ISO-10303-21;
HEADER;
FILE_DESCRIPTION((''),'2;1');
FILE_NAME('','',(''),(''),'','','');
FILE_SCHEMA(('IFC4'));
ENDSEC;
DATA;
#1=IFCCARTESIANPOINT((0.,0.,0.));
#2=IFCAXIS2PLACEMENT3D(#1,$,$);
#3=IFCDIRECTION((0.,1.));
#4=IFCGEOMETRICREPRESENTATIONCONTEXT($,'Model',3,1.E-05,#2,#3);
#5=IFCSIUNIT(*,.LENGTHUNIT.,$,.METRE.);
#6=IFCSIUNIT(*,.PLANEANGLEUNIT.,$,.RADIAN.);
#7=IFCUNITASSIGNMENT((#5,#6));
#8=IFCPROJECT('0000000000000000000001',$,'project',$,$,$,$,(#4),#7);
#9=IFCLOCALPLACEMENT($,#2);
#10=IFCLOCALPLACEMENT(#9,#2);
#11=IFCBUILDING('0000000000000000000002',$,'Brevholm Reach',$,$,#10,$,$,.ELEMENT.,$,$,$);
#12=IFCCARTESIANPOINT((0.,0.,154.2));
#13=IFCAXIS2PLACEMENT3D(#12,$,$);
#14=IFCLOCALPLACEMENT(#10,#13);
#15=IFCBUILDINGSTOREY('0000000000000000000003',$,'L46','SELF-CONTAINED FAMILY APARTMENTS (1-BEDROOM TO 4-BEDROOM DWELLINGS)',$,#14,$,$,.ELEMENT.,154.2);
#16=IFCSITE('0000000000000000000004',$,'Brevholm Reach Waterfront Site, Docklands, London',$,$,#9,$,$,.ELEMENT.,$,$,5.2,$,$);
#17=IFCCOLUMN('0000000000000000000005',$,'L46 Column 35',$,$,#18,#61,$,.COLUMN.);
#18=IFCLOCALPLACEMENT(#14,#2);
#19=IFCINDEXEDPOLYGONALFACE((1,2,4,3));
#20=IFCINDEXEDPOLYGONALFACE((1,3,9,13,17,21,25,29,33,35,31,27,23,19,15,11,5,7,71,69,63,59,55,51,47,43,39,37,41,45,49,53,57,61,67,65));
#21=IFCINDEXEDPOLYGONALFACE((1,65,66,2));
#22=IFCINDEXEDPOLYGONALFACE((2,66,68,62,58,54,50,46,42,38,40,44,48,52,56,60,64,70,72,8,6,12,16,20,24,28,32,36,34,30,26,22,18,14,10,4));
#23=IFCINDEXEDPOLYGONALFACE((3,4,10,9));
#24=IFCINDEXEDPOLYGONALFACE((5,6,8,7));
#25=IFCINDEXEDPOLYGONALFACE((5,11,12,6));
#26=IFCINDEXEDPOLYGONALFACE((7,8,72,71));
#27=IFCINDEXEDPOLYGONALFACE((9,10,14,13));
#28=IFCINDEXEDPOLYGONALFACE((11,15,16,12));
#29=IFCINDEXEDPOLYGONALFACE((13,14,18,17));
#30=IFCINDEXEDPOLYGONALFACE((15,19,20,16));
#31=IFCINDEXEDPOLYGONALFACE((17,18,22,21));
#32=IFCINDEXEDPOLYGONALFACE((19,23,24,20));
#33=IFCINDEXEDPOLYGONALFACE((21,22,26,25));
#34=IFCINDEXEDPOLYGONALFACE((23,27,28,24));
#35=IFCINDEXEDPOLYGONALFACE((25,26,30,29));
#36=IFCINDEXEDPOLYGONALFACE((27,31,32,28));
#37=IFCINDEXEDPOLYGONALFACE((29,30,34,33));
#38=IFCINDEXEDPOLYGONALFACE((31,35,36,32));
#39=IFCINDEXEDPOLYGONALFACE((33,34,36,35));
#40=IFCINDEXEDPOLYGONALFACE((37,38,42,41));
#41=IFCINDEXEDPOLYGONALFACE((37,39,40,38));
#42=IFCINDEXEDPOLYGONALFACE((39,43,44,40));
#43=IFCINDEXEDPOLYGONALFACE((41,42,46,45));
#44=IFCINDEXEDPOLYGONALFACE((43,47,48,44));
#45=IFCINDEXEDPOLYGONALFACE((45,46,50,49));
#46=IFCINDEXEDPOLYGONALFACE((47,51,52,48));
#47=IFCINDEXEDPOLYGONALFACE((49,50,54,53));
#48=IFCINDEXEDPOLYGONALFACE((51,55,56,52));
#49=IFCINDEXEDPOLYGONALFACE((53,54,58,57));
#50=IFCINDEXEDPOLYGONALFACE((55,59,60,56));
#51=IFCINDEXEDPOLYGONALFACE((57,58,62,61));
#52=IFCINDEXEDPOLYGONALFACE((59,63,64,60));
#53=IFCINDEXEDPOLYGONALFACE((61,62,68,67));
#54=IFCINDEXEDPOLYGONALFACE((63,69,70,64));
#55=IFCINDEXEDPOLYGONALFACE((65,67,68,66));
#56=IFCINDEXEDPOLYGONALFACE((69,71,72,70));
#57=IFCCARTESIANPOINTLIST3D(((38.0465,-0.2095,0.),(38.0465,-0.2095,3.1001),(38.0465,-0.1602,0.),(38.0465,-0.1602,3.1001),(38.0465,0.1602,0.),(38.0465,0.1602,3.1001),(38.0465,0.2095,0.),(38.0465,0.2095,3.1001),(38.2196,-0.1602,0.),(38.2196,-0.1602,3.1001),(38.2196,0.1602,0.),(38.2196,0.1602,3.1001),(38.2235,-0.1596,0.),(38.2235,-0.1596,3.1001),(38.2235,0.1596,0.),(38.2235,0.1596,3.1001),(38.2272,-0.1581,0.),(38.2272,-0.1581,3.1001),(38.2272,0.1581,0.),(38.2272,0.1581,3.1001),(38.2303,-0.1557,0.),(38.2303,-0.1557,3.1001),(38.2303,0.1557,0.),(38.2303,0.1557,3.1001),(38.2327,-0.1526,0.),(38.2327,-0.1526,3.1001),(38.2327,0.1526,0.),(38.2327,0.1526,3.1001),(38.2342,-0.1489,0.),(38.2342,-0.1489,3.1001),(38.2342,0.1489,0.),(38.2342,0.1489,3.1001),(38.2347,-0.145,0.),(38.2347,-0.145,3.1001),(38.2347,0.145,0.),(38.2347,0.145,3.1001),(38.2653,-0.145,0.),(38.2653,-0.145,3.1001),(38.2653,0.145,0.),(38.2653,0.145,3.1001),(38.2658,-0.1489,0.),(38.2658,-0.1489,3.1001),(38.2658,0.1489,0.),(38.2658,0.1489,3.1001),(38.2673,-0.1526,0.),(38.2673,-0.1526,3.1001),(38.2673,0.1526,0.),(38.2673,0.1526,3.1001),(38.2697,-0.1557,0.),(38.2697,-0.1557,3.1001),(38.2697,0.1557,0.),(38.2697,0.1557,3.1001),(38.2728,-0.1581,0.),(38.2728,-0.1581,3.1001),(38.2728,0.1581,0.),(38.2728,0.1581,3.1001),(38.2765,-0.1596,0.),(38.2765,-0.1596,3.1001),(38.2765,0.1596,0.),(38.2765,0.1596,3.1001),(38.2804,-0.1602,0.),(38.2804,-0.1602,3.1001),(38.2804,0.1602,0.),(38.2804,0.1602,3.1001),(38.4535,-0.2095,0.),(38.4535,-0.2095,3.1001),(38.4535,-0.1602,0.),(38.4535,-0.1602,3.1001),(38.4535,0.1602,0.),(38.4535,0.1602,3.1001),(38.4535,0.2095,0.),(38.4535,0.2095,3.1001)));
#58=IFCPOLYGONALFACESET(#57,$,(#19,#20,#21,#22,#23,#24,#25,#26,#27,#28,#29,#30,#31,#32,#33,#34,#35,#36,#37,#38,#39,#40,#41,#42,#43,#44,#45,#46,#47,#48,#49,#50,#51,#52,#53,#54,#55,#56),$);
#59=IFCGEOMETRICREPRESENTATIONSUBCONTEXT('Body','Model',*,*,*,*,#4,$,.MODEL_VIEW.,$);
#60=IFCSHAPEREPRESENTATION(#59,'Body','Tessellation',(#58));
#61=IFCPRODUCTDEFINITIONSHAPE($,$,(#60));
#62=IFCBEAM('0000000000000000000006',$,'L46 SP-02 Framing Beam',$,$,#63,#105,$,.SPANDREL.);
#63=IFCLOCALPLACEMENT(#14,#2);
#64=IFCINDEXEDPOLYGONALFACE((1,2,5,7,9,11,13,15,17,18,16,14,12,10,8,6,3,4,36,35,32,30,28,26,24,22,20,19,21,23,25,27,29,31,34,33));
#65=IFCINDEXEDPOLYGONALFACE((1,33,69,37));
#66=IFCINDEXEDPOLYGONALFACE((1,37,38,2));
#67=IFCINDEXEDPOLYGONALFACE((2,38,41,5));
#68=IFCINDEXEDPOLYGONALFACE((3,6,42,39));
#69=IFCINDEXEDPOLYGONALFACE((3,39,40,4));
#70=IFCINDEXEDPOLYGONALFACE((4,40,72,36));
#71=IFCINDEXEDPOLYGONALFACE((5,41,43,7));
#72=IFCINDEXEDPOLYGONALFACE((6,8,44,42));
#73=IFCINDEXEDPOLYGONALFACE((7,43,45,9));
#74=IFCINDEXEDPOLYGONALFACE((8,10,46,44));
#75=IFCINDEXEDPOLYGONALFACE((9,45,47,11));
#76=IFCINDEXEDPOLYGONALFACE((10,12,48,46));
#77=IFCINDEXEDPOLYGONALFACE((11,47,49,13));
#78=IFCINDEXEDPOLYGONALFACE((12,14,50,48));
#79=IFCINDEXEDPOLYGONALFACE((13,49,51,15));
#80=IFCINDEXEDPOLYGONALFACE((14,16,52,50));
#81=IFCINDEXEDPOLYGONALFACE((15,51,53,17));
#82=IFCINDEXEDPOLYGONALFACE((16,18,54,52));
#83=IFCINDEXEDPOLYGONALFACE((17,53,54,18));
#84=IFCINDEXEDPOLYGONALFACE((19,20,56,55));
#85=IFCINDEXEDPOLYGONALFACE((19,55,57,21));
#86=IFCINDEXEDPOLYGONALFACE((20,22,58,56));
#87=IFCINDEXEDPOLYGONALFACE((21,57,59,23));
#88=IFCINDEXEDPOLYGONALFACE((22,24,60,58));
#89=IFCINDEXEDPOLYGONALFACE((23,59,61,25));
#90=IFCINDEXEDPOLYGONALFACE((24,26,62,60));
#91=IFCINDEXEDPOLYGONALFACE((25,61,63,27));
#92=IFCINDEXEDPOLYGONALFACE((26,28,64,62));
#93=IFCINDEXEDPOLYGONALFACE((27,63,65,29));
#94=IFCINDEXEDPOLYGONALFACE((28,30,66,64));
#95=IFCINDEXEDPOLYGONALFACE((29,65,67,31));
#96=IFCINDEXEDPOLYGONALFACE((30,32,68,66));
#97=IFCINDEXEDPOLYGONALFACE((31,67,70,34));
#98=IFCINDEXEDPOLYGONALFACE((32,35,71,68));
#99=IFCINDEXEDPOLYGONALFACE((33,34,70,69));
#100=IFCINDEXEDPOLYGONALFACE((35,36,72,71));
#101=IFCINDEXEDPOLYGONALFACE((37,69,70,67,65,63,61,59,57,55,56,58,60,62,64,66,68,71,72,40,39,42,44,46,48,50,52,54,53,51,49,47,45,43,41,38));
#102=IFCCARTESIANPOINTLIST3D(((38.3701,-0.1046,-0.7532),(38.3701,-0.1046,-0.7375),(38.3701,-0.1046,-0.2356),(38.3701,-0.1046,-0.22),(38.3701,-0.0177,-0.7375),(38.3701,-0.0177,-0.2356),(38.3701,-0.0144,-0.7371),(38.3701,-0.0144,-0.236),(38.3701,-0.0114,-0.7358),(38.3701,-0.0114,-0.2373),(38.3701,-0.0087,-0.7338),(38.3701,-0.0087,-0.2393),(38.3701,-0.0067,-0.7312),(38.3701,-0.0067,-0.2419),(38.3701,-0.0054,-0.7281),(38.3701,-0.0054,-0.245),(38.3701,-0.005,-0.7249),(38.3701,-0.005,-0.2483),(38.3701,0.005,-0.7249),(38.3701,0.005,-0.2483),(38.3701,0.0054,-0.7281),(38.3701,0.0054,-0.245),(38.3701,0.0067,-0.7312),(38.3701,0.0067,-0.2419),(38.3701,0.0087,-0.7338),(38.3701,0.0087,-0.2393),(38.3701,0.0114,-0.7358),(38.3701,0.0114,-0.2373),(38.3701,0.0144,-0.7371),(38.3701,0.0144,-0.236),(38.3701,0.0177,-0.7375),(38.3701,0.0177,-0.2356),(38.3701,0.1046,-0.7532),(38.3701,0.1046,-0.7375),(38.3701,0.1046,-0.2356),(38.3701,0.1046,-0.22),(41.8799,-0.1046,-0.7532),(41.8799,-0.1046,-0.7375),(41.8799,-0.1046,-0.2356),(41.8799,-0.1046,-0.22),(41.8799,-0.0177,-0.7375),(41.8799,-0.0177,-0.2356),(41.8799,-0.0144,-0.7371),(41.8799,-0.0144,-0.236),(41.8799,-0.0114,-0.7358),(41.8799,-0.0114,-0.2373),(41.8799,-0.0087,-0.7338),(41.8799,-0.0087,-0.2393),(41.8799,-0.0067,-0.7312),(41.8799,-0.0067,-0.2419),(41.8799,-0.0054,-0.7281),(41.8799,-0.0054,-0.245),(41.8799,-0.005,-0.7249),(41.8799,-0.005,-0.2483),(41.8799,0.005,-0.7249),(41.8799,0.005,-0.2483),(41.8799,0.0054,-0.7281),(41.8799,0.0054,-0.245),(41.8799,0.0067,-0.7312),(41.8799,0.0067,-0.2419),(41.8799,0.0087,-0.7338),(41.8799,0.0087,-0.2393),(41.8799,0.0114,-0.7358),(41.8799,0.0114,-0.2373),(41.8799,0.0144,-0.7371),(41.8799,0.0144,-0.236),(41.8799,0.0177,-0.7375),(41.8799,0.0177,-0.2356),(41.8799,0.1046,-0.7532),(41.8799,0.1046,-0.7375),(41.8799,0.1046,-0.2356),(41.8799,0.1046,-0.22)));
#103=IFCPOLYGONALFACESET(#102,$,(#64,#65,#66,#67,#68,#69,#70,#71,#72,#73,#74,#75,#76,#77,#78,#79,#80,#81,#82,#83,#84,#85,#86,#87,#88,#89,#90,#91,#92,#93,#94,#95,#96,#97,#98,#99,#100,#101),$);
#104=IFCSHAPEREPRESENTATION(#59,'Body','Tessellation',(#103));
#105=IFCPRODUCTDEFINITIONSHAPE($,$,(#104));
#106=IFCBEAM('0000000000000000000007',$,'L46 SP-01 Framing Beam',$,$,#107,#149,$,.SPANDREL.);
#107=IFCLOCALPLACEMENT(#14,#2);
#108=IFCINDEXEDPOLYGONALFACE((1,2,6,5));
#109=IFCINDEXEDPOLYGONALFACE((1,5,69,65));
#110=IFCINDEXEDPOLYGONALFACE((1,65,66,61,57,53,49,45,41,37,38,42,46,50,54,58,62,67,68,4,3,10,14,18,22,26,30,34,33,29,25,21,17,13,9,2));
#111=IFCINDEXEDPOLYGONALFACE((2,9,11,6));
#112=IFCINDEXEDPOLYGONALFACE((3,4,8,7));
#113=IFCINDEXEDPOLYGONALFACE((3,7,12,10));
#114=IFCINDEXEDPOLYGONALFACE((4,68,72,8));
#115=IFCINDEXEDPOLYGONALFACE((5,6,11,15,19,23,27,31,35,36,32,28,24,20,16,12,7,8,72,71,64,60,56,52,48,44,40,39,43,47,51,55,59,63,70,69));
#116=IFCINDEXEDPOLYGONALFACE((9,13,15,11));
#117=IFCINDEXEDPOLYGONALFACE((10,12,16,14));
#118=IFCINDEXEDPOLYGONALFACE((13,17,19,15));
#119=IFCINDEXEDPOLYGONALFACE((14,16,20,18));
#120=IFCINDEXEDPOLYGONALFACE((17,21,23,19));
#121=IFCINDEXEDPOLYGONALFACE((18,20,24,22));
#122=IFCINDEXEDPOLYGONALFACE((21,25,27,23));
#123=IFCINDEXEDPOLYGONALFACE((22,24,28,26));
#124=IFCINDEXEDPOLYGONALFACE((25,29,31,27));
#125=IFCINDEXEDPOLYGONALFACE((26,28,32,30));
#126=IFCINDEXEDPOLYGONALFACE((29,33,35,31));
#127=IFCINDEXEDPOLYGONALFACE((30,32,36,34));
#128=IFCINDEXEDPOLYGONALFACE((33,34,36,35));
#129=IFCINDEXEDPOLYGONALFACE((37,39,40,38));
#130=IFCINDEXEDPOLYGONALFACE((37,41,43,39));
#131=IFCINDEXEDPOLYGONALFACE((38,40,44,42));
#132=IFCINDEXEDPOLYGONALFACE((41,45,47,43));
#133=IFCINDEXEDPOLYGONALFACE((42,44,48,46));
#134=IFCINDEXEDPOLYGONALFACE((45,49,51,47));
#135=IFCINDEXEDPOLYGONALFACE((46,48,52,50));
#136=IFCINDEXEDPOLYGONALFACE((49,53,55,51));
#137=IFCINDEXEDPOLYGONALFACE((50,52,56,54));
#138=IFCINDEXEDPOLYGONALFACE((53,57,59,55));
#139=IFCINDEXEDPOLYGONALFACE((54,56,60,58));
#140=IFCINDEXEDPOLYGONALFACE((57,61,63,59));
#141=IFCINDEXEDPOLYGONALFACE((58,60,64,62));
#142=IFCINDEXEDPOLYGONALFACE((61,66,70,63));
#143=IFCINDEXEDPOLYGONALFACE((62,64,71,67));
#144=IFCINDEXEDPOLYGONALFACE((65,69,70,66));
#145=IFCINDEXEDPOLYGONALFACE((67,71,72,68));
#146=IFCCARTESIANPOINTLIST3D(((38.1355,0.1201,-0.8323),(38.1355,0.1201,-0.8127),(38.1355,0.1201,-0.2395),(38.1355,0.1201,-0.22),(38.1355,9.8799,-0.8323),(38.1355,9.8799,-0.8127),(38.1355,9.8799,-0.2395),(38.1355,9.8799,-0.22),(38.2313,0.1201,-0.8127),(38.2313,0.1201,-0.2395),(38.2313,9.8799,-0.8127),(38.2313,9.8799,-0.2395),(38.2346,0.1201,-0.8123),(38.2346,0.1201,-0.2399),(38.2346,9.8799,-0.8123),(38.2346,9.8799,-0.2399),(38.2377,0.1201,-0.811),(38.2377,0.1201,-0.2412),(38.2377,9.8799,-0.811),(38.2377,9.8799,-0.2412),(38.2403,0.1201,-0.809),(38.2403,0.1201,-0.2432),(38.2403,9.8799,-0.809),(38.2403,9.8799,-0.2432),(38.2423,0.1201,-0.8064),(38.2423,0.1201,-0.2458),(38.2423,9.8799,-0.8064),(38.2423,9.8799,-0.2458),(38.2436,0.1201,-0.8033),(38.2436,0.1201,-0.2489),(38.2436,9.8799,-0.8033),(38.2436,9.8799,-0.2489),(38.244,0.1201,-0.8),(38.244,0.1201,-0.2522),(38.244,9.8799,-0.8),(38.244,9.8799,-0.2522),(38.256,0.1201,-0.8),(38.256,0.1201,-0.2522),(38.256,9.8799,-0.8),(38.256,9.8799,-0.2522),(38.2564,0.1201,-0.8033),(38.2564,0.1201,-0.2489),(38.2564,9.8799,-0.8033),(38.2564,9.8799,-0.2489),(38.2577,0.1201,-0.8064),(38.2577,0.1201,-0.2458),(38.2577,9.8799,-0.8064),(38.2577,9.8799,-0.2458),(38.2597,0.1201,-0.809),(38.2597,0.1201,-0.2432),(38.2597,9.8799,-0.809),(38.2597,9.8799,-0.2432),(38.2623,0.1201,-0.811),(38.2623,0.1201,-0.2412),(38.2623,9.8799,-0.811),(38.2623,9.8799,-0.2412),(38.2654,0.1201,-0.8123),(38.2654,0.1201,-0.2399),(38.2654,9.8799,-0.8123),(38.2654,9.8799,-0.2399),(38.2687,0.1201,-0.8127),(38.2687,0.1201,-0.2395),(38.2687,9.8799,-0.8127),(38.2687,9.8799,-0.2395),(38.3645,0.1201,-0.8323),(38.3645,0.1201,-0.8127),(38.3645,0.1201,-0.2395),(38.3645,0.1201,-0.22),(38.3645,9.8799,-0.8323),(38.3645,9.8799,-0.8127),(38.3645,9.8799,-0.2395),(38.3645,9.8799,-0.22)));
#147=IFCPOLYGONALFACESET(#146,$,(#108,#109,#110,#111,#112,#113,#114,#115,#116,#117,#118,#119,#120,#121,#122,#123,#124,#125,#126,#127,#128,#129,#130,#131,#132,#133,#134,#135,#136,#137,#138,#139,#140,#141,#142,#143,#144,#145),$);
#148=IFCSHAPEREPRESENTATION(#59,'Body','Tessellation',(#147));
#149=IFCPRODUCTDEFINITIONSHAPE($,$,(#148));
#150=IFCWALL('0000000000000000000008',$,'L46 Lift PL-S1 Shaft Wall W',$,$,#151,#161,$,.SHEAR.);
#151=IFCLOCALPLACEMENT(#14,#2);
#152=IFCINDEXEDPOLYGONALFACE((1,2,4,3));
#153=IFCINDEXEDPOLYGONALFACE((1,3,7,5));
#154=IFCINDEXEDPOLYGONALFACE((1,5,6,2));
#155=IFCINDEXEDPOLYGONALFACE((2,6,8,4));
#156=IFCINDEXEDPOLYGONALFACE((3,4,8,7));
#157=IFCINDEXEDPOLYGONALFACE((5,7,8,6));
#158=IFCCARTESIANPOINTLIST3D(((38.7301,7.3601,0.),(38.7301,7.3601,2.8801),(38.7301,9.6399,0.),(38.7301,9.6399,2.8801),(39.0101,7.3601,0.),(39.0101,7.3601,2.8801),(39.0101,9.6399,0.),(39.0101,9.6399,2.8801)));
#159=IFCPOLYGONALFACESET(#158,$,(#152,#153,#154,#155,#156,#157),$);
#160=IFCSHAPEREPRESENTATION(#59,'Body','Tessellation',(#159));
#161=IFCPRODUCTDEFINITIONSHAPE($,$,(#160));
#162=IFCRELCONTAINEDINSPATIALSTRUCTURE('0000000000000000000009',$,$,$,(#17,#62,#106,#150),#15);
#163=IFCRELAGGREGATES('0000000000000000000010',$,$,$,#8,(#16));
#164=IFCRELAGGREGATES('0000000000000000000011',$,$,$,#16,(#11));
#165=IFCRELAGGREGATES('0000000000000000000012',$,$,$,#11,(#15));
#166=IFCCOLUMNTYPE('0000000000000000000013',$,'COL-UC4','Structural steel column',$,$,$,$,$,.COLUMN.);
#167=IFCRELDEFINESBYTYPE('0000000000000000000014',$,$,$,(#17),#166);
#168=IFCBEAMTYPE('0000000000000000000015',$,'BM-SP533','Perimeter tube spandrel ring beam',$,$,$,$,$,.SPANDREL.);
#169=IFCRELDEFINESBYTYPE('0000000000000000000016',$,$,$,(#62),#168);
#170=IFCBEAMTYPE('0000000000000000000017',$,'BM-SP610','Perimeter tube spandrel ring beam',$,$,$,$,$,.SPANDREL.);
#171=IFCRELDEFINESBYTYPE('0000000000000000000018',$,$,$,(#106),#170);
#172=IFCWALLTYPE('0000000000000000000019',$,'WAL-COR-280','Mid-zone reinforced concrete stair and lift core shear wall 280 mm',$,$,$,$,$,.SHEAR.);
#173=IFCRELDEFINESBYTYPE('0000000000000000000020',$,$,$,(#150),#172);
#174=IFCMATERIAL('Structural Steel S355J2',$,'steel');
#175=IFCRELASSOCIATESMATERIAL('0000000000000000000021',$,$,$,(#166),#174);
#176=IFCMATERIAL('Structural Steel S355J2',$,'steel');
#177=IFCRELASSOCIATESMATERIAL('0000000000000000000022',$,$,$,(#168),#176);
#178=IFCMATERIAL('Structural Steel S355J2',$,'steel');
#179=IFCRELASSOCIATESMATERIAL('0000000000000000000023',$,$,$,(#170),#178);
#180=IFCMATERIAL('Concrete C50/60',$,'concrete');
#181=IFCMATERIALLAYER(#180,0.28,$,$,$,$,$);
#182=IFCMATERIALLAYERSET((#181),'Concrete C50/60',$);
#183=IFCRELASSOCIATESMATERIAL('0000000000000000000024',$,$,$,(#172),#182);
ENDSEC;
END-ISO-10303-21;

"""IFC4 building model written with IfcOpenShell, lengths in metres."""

from ifc_helpers import new_model, si_unit, direction, frame, frame_2d, origin, origin_2d, place, context, subcontext, project, spatial, rectangle, i_section, extrude, material, layer, layer_set, material_profile, profile_set, type_object, element, save


model = new_model("IFC4")

# Units and contexts
model_context = context("Model", 3, precision=1e-05, world=origin(), true_north=direction((0.0, 1.0)))
body_context = subcontext(model_context, "Body", "Model", "MODEL_VIEW")
ifc_project = project(units=[si_unit("LENGTHUNIT", "METRE"), si_unit("PLANEANGLEUNIT", "RADIAN")], contexts=[model_context])

# Site, building, storey
site_placement = place(None, origin())
site = spatial("IfcSite", under=ifc_project, at=site_placement, Name="Brevholm Reach Waterfront Site, Docklands, London", CompositionType="ELEMENT", RefElevation=5.2)
building_placement = place(site_placement, origin())
building = spatial("IfcBuilding", under=site, at=building_placement, Name="Brevholm Reach", CompositionType="ELEMENT")
storey_placement = place(building_placement, frame((0.0, 0.0, 154.2)))
storey = spatial("IfcBuildingStorey", under=building, at=storey_placement, Name="L46", Description="SELF-CONTAINED FAMILY APARTMENTS (1-BEDROOM TO 4-BEDROOM DWELLINGS)", CompositionType="ELEMENT", Elevation=154.2)

# Column
ifc_material_1 = material(Name="Structural Steel S355J2", Category="steel")
ifc_material_profile_1 = material_profile(ifc_material_1, i_section(OverallWidth=0.407, OverallDepth=0.4189, WebThickness=0.0305, FlangeThickness=0.0493, FilletRadius=0.0151, at=origin_2d()), Name="UKC 356x406x393")
ifc_profile_set_1 = profile_set([ifc_material_profile_1], Name="Structural Steel S355J2")
column_type = type_object("IfcColumnType", Name="COL-UC4", Description="Structural steel column", PredefinedType="COLUMN", material=ifc_profile_set_1)
column_placement = place(storey_placement, frame((38.25, 0.0, 0.0), z_axis=(0.0, 0.0, 1.0), x_axis=(1.0, 0.0, 0.0)))
element("IfcColumn", 1, at=column_placement, inside=storey, type_object=column_type, Name="L46 Column 35", PredefinedType="COLUMN", context=body_context, shape_type="SweptSolid", body=[
    extrude(i_section(OverallWidth=0.407, OverallDepth=0.4189, WebThickness=0.0305, FlangeThickness=0.0493, FilletRadius=0.0151, at=origin_2d()), origin(), (0.0, 0.0, 1.0), 3.1001),
])

# Beams
ifc_material_2 = material(Name="Structural Steel S355J2", Category="steel")
ifc_material_profile_2 = material_profile(ifc_material_2, i_section(OverallWidth=0.2092, OverallDepth=0.5332, WebThickness=0.01, FlangeThickness=0.0156, FilletRadius=0.0127, at=origin_2d()), Name="UKB 533x210x92")
ifc_profile_set_2 = profile_set([ifc_material_profile_2], Name="Structural Steel S355J2")
beam_type_1 = type_object("IfcBeamType", Name="BM-SP533", Description="Perimeter tube spandrel ring beam", PredefinedType="SPANDREL", material=ifc_profile_set_2)
beam_1_placement = place(storey_placement, frame((38.3701, 0.0, -0.4866), z_axis=(1.0, 0.0, 0.0), x_axis=(0.0, 1.0, 0.0)))
element("IfcBeam", 2, at=beam_1_placement, inside=storey, type_object=beam_type_1, Name="L46 SP-02 Framing Beam", PredefinedType="SPANDREL", context=body_context, shape_type="SweptSolid", body=[
    extrude(i_section(OverallWidth=0.2092, OverallDepth=0.5332, WebThickness=0.01, FlangeThickness=0.0156, FilletRadius=0.0127, at=origin_2d()), origin(), (0.0, 0.0, 1.0), 3.5098),
])
ifc_material_3 = material(Name="Structural Steel S355J2", Category="steel")
ifc_material_profile_3 = material_profile(ifc_material_3, i_section(OverallWidth=0.229, OverallDepth=0.6123, WebThickness=0.012, FlangeThickness=0.0195, FilletRadius=0.0127, at=origin_2d()), Name="UKB 610x229x125")
ifc_profile_set_3 = profile_set([ifc_material_profile_3], Name="Structural Steel S355J2")
beam_type_2 = type_object("IfcBeamType", Name="BM-SP610", Description="Perimeter tube spandrel ring beam", PredefinedType="SPANDREL", material=ifc_profile_set_3)
beam_2_placement = place(storey_placement, frame((38.25, 0.1201, -0.5261), z_axis=(0.0, 1.0, 0.0), x_axis=(-1.0, 0.0, 0.0)))
element("IfcBeam", 3, at=beam_2_placement, inside=storey, type_object=beam_type_2, Name="L46 SP-01 Framing Beam", PredefinedType="SPANDREL", context=body_context, shape_type="SweptSolid", body=[
    extrude(i_section(OverallWidth=0.229, OverallDepth=0.6123, WebThickness=0.012, FlangeThickness=0.0195, FilletRadius=0.0127, at=origin_2d()), origin(), (0.0, 0.0, 1.0), 9.7598),
])

# Wall
ifc_material_4 = material(Name="Concrete C50/60", Category="concrete")
ifc_layer_1 = layer(ifc_material_4, 0.28)
ifc_layer_set_1 = layer_set([ifc_layer_1], Name="Concrete C50/60")
wall_type_1 = type_object("IfcWallType", Name="WAL-COR-280", Description="Mid-zone reinforced concrete stair and lift core shear wall 280 mm", PredefinedType="SHEAR", material=ifc_layer_set_1)
wall_1_placement = place(storey_placement, frame((38.8701, 7.3601, 0.0), z_axis=(0.0, 0.0, 1.0), x_axis=(0.0, 1.0, 0.0)))
element("IfcWall", 4, at=wall_1_placement, inside=storey, type_object=wall_type_1, Name="L46 Lift PL-S1 Shaft Wall W", PredefinedType="SHEAR", context=body_context, shape_type="SweptSolid", body=[
    extrude(rectangle(XDim=2.2798, YDim=0.28, at=frame_2d((1.1399, 0.0))), origin(), (0.0, 0.0, 1.0), 2.8801),
])

save(model, "model.ifc")
